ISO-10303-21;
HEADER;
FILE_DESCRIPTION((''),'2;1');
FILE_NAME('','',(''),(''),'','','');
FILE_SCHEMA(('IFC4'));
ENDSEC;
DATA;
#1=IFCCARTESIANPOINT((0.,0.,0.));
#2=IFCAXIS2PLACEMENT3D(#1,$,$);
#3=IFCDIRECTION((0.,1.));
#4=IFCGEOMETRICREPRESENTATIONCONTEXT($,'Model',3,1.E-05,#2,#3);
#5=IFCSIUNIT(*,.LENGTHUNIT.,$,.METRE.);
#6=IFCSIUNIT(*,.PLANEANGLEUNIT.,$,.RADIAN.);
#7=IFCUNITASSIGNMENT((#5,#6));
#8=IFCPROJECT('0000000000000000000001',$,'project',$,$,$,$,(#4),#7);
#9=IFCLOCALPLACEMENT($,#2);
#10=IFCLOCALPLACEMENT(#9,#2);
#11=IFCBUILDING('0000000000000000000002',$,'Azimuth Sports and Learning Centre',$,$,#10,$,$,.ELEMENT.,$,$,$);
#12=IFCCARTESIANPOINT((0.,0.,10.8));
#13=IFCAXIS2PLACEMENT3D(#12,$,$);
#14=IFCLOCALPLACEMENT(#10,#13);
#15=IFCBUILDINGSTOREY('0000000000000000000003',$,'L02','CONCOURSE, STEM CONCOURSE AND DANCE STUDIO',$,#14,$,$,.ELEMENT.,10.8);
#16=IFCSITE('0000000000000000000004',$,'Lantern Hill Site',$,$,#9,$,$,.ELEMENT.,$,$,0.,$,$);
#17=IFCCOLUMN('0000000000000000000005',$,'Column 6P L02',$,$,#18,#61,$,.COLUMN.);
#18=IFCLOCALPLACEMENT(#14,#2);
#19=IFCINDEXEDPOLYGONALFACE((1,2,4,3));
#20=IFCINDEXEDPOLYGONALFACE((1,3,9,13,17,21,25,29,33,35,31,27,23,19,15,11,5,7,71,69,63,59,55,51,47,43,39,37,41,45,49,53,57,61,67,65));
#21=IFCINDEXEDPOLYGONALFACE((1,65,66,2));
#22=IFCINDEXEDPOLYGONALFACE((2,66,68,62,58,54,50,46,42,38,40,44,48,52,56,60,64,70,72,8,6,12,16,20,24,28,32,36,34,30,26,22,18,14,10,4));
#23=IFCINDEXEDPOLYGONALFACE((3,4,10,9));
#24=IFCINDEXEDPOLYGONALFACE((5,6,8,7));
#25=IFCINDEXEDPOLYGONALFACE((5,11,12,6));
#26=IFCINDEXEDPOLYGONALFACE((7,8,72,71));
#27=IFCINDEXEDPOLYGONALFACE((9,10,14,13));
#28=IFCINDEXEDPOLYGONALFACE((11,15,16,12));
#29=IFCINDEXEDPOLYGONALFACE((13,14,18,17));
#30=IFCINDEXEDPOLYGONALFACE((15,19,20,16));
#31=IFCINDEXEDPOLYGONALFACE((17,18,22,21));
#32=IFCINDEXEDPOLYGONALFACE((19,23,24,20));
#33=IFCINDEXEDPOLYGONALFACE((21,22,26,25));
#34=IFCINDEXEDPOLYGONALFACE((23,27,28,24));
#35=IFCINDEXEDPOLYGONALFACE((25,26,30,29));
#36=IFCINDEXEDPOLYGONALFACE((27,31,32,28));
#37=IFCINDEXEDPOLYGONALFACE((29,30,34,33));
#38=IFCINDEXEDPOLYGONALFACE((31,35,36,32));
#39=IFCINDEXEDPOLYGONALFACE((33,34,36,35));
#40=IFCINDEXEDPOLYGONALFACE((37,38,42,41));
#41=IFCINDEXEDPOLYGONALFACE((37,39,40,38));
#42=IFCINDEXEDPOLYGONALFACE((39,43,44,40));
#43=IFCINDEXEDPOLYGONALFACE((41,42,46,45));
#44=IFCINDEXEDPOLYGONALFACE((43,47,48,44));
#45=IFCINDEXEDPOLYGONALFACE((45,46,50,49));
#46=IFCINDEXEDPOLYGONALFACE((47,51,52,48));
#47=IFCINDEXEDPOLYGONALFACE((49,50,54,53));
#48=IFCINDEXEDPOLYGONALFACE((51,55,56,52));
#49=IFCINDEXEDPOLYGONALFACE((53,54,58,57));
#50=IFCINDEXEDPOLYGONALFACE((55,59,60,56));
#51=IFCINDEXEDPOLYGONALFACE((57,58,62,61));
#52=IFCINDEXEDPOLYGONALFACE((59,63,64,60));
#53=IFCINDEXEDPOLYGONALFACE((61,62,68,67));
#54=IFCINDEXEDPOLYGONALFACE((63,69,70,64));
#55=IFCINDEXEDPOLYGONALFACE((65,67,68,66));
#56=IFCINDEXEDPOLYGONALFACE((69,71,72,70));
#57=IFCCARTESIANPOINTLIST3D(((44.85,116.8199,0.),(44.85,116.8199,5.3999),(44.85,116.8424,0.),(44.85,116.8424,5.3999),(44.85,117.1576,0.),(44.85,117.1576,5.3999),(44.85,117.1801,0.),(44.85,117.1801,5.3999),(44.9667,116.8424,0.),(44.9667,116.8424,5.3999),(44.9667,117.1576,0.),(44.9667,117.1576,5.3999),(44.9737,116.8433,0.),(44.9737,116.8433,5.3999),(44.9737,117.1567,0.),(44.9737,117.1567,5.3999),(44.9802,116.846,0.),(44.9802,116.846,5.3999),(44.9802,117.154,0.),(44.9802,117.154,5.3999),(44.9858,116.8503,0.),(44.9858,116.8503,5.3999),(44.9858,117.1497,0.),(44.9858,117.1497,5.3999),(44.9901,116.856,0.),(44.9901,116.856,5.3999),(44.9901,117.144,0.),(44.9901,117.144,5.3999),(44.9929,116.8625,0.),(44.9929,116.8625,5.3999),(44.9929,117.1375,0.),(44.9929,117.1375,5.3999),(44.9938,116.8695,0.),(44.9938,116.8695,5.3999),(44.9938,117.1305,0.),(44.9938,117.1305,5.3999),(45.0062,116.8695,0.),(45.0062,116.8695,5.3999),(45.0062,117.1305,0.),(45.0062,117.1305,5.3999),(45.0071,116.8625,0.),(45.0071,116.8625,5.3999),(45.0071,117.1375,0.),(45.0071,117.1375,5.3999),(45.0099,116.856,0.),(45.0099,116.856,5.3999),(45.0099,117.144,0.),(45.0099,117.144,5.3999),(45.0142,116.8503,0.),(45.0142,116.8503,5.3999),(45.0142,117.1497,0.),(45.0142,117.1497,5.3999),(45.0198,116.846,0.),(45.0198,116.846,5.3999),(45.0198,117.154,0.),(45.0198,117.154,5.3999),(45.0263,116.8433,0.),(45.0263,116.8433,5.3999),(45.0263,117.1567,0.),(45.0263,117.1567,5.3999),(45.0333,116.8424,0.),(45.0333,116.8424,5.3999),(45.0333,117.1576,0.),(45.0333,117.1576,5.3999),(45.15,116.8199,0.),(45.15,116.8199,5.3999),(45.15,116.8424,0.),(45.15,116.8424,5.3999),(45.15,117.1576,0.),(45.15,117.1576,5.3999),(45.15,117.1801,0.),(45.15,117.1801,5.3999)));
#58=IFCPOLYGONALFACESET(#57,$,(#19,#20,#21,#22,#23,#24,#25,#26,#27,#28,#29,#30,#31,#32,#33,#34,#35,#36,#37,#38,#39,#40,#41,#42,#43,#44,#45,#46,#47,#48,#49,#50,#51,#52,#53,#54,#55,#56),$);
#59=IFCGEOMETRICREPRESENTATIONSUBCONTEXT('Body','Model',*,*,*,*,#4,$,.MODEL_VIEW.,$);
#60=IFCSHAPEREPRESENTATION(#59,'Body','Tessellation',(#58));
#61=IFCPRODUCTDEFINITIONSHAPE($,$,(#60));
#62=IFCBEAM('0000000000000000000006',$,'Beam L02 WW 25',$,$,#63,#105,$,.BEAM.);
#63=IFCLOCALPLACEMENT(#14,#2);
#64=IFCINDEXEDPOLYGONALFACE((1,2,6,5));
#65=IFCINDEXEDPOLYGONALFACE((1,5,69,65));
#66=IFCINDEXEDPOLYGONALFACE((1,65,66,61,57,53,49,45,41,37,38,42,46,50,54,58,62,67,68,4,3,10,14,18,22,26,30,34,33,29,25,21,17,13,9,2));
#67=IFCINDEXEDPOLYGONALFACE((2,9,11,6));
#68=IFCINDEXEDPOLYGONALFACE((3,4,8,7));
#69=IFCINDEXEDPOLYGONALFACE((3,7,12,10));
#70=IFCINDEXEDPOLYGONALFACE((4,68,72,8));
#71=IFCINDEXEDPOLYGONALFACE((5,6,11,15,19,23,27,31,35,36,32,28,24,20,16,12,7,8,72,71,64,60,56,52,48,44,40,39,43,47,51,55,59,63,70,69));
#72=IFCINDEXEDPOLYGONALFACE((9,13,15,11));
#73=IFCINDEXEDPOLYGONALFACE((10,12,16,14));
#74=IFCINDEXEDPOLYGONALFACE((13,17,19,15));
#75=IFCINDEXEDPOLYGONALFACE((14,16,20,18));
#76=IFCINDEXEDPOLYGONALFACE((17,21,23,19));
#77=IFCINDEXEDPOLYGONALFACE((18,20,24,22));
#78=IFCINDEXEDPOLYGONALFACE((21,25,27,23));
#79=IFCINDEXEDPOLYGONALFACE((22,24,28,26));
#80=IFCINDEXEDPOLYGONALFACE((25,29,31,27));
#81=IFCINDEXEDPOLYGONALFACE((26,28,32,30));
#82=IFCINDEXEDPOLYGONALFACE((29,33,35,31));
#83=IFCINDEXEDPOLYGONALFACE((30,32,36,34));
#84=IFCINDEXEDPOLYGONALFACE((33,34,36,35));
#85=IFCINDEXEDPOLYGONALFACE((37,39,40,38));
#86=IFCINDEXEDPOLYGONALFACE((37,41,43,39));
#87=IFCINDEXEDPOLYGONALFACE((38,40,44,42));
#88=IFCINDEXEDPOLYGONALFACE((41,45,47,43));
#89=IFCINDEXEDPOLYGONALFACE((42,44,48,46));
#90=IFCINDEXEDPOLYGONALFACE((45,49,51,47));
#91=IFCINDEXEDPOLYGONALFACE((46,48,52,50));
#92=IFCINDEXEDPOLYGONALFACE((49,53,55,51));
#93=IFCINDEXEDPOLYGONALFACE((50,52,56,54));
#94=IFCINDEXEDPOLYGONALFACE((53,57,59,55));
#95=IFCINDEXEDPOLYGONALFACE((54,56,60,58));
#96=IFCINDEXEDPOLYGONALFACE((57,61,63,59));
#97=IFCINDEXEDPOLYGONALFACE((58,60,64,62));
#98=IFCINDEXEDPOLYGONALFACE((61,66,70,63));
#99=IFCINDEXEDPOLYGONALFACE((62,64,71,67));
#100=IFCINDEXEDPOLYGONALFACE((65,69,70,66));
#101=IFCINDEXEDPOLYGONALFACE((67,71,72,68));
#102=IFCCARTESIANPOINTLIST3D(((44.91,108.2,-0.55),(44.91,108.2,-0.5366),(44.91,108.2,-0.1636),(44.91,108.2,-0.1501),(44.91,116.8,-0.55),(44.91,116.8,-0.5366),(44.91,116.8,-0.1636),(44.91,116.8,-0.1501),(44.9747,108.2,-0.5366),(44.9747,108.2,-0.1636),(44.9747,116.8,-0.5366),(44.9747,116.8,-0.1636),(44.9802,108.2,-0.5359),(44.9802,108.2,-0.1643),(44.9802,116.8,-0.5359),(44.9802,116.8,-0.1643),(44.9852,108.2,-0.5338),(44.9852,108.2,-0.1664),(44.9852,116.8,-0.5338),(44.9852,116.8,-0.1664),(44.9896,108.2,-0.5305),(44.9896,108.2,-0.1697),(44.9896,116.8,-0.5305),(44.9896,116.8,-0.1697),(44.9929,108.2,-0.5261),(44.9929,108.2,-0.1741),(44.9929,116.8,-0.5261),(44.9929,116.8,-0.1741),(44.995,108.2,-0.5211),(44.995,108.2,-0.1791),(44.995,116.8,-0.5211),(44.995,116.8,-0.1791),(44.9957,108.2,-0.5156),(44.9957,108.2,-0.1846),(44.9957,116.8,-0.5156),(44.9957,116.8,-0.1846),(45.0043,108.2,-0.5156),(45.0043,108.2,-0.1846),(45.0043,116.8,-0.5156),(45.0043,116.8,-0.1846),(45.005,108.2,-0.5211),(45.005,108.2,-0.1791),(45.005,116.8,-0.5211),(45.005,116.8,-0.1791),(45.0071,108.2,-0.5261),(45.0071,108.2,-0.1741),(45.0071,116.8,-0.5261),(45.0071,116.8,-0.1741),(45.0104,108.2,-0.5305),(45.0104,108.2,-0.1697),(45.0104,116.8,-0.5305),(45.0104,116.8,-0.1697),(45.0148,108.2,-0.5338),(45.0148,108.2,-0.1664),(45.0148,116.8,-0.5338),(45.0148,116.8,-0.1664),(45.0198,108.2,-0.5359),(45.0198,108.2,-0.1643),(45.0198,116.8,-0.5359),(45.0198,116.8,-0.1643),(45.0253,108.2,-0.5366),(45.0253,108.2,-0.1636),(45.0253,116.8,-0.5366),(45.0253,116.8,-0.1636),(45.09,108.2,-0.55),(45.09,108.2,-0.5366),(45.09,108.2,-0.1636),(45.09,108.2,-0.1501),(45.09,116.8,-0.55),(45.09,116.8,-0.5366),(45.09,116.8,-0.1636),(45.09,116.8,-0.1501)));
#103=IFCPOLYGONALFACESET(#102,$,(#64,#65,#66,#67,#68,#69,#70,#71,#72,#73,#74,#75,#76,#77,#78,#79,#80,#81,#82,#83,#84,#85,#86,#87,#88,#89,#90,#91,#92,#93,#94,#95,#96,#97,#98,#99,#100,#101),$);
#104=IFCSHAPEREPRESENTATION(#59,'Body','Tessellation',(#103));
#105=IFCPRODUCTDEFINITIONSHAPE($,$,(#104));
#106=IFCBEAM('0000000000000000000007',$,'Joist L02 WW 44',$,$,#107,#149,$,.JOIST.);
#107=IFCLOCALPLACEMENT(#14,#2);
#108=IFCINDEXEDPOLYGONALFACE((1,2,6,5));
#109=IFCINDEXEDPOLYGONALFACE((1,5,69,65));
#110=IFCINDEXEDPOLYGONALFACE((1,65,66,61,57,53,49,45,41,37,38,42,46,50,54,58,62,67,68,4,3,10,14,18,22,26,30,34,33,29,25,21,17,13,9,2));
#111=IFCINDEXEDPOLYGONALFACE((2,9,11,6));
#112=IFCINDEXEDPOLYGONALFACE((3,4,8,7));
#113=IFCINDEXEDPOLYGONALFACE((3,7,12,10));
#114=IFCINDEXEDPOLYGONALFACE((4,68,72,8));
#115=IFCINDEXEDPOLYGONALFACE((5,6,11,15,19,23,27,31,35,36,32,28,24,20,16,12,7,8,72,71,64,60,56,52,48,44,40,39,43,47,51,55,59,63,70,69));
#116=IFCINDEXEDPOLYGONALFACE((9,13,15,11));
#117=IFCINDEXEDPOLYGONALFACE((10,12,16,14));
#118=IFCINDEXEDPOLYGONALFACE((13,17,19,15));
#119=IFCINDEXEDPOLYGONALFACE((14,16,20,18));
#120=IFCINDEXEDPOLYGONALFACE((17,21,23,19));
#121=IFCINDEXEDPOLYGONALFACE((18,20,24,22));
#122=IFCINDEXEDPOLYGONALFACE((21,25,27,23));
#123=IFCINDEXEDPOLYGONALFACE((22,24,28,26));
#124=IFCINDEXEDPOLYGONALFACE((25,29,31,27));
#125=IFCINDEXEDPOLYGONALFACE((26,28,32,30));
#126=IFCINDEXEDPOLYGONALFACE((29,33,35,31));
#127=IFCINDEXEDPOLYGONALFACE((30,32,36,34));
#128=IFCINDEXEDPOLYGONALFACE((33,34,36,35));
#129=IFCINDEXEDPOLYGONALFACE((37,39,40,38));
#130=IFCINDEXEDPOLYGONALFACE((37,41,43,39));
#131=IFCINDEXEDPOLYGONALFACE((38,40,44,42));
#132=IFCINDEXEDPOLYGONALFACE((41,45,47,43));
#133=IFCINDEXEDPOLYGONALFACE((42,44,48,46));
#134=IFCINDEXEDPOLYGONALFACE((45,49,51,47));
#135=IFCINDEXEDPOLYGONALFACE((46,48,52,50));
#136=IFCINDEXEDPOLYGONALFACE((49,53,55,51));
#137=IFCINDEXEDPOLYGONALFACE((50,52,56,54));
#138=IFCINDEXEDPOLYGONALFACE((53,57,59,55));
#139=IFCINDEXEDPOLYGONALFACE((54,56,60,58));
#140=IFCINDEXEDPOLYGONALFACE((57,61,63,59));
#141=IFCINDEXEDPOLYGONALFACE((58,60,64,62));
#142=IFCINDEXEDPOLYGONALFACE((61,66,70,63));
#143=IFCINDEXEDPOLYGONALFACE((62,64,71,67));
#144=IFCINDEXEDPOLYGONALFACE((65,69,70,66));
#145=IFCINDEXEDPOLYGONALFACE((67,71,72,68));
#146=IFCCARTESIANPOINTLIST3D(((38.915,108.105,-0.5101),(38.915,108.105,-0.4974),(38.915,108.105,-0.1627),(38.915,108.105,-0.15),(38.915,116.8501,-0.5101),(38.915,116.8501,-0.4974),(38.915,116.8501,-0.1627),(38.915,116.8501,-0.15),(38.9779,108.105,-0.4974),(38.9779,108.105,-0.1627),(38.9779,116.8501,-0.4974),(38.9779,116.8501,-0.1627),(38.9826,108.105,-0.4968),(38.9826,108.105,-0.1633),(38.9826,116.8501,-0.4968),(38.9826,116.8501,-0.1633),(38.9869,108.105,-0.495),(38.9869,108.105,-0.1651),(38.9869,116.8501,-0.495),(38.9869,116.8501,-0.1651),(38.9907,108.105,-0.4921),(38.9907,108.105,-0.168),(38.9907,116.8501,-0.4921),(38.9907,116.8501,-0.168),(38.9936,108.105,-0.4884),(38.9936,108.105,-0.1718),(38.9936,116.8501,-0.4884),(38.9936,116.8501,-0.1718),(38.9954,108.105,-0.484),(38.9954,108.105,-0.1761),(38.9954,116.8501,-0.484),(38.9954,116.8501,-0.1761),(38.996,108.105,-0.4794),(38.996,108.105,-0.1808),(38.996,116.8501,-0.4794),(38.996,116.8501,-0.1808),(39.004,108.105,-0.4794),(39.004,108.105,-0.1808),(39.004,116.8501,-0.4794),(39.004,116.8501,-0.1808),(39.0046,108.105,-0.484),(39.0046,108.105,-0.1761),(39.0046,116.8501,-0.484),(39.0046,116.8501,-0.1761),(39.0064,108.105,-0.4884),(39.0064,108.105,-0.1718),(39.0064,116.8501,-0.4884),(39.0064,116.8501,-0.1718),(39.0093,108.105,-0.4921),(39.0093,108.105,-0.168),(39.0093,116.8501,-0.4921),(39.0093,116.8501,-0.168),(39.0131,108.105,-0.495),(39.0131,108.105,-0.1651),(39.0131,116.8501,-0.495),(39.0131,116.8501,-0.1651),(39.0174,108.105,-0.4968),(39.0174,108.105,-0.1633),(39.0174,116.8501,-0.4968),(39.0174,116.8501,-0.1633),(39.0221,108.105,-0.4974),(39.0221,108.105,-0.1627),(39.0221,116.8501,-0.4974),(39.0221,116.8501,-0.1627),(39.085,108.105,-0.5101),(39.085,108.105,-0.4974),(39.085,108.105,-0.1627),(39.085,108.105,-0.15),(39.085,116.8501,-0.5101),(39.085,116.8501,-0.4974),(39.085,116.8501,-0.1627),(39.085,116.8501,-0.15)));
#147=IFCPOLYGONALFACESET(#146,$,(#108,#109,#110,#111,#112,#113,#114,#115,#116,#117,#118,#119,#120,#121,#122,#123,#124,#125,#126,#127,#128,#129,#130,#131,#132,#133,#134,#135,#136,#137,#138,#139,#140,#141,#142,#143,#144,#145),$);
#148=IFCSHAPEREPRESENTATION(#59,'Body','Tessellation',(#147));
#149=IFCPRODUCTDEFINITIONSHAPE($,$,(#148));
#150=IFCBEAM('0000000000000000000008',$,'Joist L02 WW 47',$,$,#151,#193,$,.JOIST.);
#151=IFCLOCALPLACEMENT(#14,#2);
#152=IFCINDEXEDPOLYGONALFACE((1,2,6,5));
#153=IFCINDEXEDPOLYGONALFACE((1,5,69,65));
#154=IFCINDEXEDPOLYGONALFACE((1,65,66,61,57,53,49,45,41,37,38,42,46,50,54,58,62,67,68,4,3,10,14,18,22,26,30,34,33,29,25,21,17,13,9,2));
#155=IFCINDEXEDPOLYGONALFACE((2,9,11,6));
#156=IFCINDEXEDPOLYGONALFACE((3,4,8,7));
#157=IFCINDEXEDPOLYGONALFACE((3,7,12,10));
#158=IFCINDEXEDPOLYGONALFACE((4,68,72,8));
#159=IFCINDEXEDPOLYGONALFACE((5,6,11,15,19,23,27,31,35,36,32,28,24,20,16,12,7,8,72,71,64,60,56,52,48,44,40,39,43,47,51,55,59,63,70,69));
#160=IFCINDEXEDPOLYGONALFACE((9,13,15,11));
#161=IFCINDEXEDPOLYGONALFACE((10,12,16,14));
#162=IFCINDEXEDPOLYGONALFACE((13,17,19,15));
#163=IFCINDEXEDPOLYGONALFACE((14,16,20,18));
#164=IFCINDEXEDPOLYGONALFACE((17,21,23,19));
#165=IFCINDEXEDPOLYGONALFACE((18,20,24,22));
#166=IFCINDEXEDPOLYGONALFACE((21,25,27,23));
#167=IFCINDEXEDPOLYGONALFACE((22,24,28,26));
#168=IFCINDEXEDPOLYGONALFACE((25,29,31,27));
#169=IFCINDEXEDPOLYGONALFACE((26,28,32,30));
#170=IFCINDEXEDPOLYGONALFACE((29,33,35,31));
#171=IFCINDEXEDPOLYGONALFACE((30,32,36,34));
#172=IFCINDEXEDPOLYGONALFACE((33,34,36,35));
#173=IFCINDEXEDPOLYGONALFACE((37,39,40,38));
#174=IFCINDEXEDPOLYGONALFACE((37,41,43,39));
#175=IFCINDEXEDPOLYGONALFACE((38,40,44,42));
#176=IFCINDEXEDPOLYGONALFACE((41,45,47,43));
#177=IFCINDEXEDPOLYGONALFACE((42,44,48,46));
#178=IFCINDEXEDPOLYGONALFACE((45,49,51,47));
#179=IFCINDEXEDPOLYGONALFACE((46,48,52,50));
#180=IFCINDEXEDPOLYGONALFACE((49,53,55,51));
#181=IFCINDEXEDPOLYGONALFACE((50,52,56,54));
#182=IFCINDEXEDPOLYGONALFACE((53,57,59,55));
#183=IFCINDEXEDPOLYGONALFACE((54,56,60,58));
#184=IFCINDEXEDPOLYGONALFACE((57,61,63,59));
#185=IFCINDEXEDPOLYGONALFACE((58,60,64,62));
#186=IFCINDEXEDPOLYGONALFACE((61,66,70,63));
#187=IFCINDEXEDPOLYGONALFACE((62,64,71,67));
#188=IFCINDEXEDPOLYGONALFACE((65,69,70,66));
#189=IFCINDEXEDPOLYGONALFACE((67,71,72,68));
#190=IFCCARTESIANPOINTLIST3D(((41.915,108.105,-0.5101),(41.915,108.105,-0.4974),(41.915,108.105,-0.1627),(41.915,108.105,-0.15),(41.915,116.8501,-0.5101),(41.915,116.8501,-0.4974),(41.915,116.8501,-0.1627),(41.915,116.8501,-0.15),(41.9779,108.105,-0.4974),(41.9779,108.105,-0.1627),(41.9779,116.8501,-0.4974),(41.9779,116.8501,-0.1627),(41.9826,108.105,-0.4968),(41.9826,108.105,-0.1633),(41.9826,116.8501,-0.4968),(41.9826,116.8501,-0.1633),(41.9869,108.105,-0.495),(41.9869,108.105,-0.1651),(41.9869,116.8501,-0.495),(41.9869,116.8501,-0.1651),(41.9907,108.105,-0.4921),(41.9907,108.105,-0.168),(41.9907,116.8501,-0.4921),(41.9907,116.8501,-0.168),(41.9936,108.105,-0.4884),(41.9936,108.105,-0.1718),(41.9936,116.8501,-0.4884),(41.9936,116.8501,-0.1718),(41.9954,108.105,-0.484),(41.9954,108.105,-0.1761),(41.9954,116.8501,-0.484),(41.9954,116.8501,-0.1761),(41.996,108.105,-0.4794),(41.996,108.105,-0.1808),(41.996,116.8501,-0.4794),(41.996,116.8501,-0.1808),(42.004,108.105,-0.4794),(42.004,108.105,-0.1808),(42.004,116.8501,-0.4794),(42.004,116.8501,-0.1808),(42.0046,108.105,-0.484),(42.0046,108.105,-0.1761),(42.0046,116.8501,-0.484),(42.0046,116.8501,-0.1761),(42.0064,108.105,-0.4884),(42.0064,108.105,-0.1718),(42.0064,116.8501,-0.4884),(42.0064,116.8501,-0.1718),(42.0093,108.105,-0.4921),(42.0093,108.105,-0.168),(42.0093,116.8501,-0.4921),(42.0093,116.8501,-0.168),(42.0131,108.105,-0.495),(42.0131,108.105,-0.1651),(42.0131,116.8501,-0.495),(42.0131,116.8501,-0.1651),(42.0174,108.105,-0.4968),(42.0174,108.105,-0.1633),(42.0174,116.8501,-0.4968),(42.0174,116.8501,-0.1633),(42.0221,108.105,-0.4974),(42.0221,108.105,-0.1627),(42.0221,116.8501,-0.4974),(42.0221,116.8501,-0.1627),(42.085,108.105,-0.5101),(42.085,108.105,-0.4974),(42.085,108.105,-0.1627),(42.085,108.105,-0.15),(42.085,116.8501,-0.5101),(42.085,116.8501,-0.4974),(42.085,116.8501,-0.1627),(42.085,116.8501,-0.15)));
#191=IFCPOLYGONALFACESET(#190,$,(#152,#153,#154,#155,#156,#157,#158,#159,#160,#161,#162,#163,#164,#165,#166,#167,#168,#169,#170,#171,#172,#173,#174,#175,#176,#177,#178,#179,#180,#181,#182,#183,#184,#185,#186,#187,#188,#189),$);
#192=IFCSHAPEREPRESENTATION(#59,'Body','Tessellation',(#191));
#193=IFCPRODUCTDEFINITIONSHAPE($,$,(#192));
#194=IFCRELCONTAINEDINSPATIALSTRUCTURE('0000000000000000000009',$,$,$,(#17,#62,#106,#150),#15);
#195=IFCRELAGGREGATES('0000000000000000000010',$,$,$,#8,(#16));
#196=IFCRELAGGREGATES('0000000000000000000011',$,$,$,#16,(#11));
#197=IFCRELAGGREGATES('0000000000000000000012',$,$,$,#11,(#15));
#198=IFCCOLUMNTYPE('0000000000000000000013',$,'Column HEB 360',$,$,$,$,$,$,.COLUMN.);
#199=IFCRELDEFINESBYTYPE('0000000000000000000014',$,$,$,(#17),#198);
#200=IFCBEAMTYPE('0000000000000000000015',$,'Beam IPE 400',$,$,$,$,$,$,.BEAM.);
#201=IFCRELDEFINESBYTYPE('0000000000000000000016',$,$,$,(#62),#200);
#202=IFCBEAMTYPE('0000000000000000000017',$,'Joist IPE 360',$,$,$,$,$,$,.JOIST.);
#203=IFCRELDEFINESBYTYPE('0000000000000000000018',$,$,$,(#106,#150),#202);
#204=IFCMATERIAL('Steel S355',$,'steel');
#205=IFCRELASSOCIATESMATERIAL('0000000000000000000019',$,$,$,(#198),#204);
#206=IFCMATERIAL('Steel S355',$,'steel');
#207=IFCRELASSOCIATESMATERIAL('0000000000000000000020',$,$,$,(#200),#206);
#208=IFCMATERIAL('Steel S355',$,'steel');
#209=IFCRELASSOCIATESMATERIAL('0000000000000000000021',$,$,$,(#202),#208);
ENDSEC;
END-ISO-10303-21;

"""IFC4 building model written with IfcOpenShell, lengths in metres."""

from ifc_helpers import new_model, si_unit, direction, frame, origin, origin_2d, place, context, subcontext, project, spatial, i_section, extrude, material, material_profile, profile_set, type_object, element, save


model = new_model("IFC4")

# Units and contexts
model_context = context("Model", 3, precision=1e-05, world=origin(), true_north=direction((0.0, 1.0)))
body_context = subcontext(model_context, "Body", "Model", "MODEL_VIEW")
ifc_project = project(units=[si_unit("LENGTHUNIT", "METRE"), si_unit("PLANEANGLEUNIT", "RADIAN")], contexts=[model_context])

# Site, building, storey
site_placement = place(None, origin())
site = spatial("IfcSite", under=ifc_project, at=site_placement, Name="Lantern Hill Site", CompositionType="ELEMENT", RefElevation=0.0)
building_placement = place(site_placement, origin())
building = spatial("IfcBuilding", under=site, at=building_placement, Name="Azimuth Sports and Learning Centre", CompositionType="ELEMENT")
storey_placement = place(building_placement, frame((0.0, 0.0, 10.8)))
storey = spatial("IfcBuildingStorey", under=building, at=storey_placement, Name="L02", Description="CONCOURSE, STEM CONCOURSE AND DANCE STUDIO", CompositionType="ELEMENT", Elevation=10.8)

# Column
ifc_material_1 = material(Name="Steel S355", Category="steel")
ifc_material_profile_1 = material_profile(ifc_material_1, i_section(OverallWidth=0.3, OverallDepth=0.3601, WebThickness=0.0125, FlangeThickness=0.0225, FilletRadius=0.0271, at=origin_2d()), Name="HEB 360")
ifc_profile_set_1 = profile_set([ifc_material_profile_1], Name="Steel S355")
column_type = type_object("IfcColumnType", Name="Column HEB 360", PredefinedType="COLUMN", material=ifc_profile_set_1)
column_placement = place(storey_placement, frame((45.0, 117.0, 0.0), z_axis=(0.0, 0.0, 1.0), x_axis=(1.0, 0.0, 0.0)))
element("IfcColumn", 1, at=column_placement, inside=storey, type_object=column_type, Name="Column 6P L02", PredefinedType="COLUMN", context=body_context, shape_type="SweptSolid", body=[
    extrude(i_section(OverallWidth=0.3, OverallDepth=0.3601, WebThickness=0.0125, FlangeThickness=0.0225, FilletRadius=0.0271, at=origin_2d()), origin(), (0.0, 0.0, 1.0), 5.3999),
])

# Beams
ifc_material_2 = material(Name="Steel S355", Category="steel")
ifc_material_profile_2 = material_profile(ifc_material_2, i_section(OverallWidth=0.1799, OverallDepth=0.3999, WebThickness=0.0085, FlangeThickness=0.0134, FilletRadius=0.021, at=origin_2d()), Name="IPE 400")
ifc_profile_set_2 = profile_set([ifc_material_profile_2], Name="Steel S355")
beam_type_1 = type_object("IfcBeamType", Name="Beam IPE 400", PredefinedType="BEAM", material=ifc_profile_set_2)
beam_placement = place(storey_placement, frame((45.0, 108.2, -0.3501), z_axis=(0.0, 1.0, 0.0), x_axis=(-1.0, 0.0, 0.0)))
element("IfcBeam", 2, at=beam_placement, inside=storey, type_object=beam_type_1, Name="Beam L02 WW 25", PredefinedType="BEAM", context=body_context, shape_type="SweptSolid", body=[
    extrude(i_section(OverallWidth=0.1799, OverallDepth=0.3999, WebThickness=0.0085, FlangeThickness=0.0134, FilletRadius=0.021, at=origin_2d()), origin(), (0.0, 0.0, 1.0), 8.6001),
])
ifc_material_3 = material(Name="Steel S355", Category="steel")
ifc_material_profile_3 = material_profile(ifc_material_3, i_section(OverallWidth=0.1699, OverallDepth=0.3601, WebThickness=0.0081, FlangeThickness=0.0127, FilletRadius=0.0181, at=origin_2d()), Name="IPE 360")
ifc_profile_set_3 = profile_set([ifc_material_profile_3], Name="Steel S355")
beam_type_2 = type_object("IfcBeamType", Name="Joist IPE 360", PredefinedType="JOIST", material=ifc_profile_set_3)
for number, where, z_axis, x_axis, name in (
    (3, (39.0, 108.105, -0.3301), (0.0, 1.0, 0.0), (-1.0, 0.0, 0.0), "Joist L02 WW 44"),
    (4, (42.0, 108.105, -0.3301), (0.0, 1.0, 0.0), (-1.0, 0.0, 0.0), "Joist L02 WW 47"),
):
    element("IfcBeam", number, at=place(storey_placement, frame(where, z_axis=z_axis, x_axis=x_axis)), inside=storey, type_object=beam_type_2, Name=name, PredefinedType="JOIST", context=body_context, shape_type="SweptSolid", body=[
        extrude(i_section(OverallWidth=0.1699, OverallDepth=0.3601, WebThickness=0.0081, FlangeThickness=0.0127, FilletRadius=0.0181, at=origin_2d()), origin(), (0.0, 0.0, 1.0), 8.7451),
    ])

save(model, "model.ifc")
